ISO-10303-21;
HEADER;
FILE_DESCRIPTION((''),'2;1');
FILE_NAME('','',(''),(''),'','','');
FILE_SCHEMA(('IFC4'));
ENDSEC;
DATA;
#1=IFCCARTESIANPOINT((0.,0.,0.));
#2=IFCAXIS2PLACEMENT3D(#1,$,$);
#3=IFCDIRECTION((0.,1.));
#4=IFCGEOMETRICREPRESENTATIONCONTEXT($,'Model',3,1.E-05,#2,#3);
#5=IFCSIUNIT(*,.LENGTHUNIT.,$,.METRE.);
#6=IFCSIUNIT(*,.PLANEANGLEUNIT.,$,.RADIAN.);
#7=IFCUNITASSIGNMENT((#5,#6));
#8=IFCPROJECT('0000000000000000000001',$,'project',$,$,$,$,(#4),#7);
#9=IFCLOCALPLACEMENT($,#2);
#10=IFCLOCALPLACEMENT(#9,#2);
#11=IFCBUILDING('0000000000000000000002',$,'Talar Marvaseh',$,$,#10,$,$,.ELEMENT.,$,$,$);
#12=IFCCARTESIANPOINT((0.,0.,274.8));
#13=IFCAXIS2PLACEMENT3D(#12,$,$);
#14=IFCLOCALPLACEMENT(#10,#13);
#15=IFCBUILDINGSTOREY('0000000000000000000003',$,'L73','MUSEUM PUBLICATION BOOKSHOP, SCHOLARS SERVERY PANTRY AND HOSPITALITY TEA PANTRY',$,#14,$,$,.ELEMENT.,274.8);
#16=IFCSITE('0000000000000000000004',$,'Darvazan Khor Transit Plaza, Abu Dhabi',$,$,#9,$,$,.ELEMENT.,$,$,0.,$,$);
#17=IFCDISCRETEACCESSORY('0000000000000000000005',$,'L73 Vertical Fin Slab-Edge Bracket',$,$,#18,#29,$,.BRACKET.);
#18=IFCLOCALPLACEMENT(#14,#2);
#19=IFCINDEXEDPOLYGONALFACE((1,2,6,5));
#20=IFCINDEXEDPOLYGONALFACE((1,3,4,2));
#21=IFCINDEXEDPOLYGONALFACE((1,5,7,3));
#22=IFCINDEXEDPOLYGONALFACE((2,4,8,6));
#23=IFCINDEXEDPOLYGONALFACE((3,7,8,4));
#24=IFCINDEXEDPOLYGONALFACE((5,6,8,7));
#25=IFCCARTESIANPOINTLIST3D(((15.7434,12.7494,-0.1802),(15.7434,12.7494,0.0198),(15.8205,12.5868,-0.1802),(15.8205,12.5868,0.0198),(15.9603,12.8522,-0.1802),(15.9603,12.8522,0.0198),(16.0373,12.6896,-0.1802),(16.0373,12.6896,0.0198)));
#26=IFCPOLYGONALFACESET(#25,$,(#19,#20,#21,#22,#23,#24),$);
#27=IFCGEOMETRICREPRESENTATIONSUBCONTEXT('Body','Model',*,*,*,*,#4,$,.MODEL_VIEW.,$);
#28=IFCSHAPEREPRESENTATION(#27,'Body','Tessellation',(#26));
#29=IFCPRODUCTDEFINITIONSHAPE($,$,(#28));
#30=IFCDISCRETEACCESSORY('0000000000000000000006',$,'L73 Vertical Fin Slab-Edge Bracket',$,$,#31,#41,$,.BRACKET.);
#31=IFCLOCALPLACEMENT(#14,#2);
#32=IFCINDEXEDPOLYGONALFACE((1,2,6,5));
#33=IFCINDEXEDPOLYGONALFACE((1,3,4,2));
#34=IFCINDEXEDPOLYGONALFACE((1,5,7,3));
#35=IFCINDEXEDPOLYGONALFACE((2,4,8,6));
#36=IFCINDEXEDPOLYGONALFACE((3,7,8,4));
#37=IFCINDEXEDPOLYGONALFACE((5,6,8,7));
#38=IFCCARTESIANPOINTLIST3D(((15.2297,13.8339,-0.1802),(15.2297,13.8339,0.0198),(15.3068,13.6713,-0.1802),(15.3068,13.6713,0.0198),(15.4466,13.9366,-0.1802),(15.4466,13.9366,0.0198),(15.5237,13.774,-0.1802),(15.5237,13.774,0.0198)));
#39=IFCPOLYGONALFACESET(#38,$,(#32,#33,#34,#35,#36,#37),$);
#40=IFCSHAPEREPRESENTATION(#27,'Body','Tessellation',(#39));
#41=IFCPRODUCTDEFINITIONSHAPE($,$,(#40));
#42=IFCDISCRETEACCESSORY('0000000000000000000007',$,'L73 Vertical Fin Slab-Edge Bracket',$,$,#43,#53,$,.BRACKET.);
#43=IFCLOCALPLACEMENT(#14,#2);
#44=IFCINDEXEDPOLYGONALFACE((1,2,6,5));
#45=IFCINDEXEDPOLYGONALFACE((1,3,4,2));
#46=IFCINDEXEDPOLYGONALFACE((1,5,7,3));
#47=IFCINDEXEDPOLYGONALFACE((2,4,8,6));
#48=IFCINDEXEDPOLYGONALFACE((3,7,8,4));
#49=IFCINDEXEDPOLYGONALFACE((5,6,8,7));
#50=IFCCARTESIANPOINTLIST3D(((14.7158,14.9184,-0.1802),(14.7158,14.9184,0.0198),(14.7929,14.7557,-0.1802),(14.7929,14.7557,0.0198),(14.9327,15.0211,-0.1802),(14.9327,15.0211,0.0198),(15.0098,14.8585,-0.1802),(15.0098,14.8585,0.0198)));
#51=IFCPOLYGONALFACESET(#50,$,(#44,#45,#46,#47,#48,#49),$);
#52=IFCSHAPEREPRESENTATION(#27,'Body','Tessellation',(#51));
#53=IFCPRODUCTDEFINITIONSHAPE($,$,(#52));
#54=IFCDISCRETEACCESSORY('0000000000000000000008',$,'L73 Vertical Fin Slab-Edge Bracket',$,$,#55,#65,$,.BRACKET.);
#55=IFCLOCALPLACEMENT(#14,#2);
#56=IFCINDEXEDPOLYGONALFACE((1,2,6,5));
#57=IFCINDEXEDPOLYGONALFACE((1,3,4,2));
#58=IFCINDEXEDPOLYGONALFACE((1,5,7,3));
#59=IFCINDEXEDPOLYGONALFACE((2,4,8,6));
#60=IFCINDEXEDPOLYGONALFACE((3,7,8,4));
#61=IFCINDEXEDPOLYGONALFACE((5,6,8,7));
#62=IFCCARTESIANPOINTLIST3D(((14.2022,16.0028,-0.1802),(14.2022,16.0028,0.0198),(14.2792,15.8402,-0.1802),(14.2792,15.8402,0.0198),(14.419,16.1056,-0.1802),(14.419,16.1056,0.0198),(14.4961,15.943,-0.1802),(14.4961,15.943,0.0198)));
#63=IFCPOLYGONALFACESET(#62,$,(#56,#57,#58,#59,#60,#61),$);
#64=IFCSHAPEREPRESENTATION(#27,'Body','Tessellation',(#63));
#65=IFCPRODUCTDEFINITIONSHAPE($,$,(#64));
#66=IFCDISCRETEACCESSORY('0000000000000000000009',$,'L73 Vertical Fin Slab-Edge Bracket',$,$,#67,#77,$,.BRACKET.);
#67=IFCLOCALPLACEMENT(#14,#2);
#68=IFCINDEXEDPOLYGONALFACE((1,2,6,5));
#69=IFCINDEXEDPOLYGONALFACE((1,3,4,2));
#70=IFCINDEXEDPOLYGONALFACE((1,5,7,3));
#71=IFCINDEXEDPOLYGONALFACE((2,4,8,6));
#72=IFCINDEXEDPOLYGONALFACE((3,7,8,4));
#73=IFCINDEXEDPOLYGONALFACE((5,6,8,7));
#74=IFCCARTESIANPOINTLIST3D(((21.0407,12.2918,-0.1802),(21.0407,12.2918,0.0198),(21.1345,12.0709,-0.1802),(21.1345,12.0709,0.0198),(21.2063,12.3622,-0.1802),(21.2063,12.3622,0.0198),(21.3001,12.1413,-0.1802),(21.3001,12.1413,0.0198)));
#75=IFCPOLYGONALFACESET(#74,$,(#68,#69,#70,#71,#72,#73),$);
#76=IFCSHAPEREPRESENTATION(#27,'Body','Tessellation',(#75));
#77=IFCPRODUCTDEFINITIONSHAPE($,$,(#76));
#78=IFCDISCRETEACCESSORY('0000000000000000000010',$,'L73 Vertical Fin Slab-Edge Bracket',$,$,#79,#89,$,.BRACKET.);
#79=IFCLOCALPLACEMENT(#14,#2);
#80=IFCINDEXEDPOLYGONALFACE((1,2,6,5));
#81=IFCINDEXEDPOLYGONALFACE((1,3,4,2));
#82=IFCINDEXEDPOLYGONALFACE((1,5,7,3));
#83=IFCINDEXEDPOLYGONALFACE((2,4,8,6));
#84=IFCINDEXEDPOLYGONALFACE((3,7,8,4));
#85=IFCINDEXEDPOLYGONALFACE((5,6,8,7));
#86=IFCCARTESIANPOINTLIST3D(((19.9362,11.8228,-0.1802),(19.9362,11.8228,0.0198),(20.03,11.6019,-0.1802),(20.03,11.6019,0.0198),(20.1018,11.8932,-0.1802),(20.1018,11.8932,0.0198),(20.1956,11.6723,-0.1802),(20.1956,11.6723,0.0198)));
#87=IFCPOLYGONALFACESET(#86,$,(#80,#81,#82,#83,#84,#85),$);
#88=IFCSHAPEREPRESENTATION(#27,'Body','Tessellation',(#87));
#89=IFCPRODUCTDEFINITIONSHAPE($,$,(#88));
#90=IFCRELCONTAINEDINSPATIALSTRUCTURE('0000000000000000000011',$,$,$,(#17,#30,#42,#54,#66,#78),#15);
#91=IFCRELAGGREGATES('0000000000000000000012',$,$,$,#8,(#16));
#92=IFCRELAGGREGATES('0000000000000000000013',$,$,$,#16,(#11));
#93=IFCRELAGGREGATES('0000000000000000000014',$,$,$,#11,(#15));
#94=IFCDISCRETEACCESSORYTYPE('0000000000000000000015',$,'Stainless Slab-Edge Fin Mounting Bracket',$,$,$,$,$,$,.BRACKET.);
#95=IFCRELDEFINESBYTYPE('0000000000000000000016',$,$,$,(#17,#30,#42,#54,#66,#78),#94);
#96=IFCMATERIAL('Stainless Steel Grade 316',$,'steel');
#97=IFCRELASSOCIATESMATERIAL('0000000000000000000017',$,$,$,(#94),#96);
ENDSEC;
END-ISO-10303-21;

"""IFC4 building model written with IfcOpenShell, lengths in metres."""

from ifc_helpers import new_model, si_unit, direction, frame, origin, origin_2d, place, context, subcontext, project, spatial, rectangle, extrude, source, transform, mapped, material, type_object, type_shapes, element, save


model = new_model("IFC4")

# Units and contexts
model_context = context("Model", 3, precision=1e-05, world=origin(), true_north=direction((0.0, 1.0)))
body_context = subcontext(model_context, "Body", "Model", "MODEL_VIEW")
ifc_project = project(units=[si_unit("LENGTHUNIT", "METRE"), si_unit("PLANEANGLEUNIT", "RADIAN")], contexts=[model_context])

# Site, building, storey
site_placement = place(None, origin())
site = spatial("IfcSite", under=ifc_project, at=site_placement, Name="Darvazan Khor Transit Plaza, Abu Dhabi", CompositionType="ELEMENT", RefElevation=0.0)
building_placement = place(site_placement, origin())
building = spatial("IfcBuilding", under=site, at=building_placement, Name="Talar Marvaseh", CompositionType="ELEMENT")
storey_placement = place(building_placement, frame((0.0, 0.0, 274.8)))
storey = spatial("IfcBuildingStorey", under=building, at=storey_placement, Name="L73", Description="MUSEUM PUBLICATION BOOKSHOP, SCHOLARS SERVERY PANTRY AND HOSPITALITY TEA PANTRY", CompositionType="ELEMENT", Elevation=274.8)

# Discrete accessories
ifc_material_1 = material(Name="Stainless Steel Grade 316", Category="steel")
discrete_accessory_type = type_object("IfcDiscreteAccessoryType", Name="Stainless Slab-Edge Fin Mounting Bracket", PredefinedType="BRACKET", material=ifc_material_1)
shared_shape_1 = source(origin(), body_context, "Body", "SweptSolid", [
    extrude(rectangle(XDim=0.24, YDim=0.1799, at=origin_2d()), origin(), (0.0, 0.0, 1.0), 0.2),
])
type_shapes(discrete_accessory_type, [shared_shape_1])
for number, where, z_axis, x_axis, name in (
    (1, (15.8904, 12.7195, -0.1802), (0.0, 0.0, 1.0), (-0.903709, -0.428147, 0.0), "L73 Vertical Fin Slab-Edge Bracket"),
    (2, (15.3767, 13.804, -0.1802), (0.0, 0.0, 1.0), (-0.903709, -0.428147, 0.0), "L73 Vertical Fin Slab-Edge Bracket"),
    (3, (14.8628, 14.8884, -0.1802), (0.0, 0.0, 1.0), (-0.903709, -0.428147, 0.0), "L73 Vertical Fin Slab-Edge Bracket"),
    (4, (14.3491, 15.9729, -0.1802), (0.0, 0.0, 1.0), (-0.903709, -0.428147, 0.0), "L73 Vertical Fin Slab-Edge Bracket"),
    (5, (21.1704, 12.2166, -0.1802), (0.0, 0.0, 1.0), (0.390892, -0.920437, 0.0), "L73 Vertical Fin Slab-Edge Bracket"),
    (6, (20.0659, 11.7476, -0.1802), (0.0, 0.0, 1.0), (0.390892, -0.920437, 0.0), "L73 Vertical Fin Slab-Edge Bracket"),
):
    element("IfcDiscreteAccessory", number, at=place(storey_placement, frame(where, z_axis=z_axis, x_axis=x_axis)), inside=storey, type_object=discrete_accessory_type, Name=name, PredefinedType="BRACKET", context=body_context, shape_type="MappedRepresentation", body=[
        mapped(shared_shape_1, transform((0.0, 0.0, 0.0), x_axis=(1.0, 0.0, 0.0), y_axis=(0.0, 1.0, 0.0), z_axis=(0.0, 0.0, 1.0), scale=1.0)),
    ])

save(model, "model.ifc")
